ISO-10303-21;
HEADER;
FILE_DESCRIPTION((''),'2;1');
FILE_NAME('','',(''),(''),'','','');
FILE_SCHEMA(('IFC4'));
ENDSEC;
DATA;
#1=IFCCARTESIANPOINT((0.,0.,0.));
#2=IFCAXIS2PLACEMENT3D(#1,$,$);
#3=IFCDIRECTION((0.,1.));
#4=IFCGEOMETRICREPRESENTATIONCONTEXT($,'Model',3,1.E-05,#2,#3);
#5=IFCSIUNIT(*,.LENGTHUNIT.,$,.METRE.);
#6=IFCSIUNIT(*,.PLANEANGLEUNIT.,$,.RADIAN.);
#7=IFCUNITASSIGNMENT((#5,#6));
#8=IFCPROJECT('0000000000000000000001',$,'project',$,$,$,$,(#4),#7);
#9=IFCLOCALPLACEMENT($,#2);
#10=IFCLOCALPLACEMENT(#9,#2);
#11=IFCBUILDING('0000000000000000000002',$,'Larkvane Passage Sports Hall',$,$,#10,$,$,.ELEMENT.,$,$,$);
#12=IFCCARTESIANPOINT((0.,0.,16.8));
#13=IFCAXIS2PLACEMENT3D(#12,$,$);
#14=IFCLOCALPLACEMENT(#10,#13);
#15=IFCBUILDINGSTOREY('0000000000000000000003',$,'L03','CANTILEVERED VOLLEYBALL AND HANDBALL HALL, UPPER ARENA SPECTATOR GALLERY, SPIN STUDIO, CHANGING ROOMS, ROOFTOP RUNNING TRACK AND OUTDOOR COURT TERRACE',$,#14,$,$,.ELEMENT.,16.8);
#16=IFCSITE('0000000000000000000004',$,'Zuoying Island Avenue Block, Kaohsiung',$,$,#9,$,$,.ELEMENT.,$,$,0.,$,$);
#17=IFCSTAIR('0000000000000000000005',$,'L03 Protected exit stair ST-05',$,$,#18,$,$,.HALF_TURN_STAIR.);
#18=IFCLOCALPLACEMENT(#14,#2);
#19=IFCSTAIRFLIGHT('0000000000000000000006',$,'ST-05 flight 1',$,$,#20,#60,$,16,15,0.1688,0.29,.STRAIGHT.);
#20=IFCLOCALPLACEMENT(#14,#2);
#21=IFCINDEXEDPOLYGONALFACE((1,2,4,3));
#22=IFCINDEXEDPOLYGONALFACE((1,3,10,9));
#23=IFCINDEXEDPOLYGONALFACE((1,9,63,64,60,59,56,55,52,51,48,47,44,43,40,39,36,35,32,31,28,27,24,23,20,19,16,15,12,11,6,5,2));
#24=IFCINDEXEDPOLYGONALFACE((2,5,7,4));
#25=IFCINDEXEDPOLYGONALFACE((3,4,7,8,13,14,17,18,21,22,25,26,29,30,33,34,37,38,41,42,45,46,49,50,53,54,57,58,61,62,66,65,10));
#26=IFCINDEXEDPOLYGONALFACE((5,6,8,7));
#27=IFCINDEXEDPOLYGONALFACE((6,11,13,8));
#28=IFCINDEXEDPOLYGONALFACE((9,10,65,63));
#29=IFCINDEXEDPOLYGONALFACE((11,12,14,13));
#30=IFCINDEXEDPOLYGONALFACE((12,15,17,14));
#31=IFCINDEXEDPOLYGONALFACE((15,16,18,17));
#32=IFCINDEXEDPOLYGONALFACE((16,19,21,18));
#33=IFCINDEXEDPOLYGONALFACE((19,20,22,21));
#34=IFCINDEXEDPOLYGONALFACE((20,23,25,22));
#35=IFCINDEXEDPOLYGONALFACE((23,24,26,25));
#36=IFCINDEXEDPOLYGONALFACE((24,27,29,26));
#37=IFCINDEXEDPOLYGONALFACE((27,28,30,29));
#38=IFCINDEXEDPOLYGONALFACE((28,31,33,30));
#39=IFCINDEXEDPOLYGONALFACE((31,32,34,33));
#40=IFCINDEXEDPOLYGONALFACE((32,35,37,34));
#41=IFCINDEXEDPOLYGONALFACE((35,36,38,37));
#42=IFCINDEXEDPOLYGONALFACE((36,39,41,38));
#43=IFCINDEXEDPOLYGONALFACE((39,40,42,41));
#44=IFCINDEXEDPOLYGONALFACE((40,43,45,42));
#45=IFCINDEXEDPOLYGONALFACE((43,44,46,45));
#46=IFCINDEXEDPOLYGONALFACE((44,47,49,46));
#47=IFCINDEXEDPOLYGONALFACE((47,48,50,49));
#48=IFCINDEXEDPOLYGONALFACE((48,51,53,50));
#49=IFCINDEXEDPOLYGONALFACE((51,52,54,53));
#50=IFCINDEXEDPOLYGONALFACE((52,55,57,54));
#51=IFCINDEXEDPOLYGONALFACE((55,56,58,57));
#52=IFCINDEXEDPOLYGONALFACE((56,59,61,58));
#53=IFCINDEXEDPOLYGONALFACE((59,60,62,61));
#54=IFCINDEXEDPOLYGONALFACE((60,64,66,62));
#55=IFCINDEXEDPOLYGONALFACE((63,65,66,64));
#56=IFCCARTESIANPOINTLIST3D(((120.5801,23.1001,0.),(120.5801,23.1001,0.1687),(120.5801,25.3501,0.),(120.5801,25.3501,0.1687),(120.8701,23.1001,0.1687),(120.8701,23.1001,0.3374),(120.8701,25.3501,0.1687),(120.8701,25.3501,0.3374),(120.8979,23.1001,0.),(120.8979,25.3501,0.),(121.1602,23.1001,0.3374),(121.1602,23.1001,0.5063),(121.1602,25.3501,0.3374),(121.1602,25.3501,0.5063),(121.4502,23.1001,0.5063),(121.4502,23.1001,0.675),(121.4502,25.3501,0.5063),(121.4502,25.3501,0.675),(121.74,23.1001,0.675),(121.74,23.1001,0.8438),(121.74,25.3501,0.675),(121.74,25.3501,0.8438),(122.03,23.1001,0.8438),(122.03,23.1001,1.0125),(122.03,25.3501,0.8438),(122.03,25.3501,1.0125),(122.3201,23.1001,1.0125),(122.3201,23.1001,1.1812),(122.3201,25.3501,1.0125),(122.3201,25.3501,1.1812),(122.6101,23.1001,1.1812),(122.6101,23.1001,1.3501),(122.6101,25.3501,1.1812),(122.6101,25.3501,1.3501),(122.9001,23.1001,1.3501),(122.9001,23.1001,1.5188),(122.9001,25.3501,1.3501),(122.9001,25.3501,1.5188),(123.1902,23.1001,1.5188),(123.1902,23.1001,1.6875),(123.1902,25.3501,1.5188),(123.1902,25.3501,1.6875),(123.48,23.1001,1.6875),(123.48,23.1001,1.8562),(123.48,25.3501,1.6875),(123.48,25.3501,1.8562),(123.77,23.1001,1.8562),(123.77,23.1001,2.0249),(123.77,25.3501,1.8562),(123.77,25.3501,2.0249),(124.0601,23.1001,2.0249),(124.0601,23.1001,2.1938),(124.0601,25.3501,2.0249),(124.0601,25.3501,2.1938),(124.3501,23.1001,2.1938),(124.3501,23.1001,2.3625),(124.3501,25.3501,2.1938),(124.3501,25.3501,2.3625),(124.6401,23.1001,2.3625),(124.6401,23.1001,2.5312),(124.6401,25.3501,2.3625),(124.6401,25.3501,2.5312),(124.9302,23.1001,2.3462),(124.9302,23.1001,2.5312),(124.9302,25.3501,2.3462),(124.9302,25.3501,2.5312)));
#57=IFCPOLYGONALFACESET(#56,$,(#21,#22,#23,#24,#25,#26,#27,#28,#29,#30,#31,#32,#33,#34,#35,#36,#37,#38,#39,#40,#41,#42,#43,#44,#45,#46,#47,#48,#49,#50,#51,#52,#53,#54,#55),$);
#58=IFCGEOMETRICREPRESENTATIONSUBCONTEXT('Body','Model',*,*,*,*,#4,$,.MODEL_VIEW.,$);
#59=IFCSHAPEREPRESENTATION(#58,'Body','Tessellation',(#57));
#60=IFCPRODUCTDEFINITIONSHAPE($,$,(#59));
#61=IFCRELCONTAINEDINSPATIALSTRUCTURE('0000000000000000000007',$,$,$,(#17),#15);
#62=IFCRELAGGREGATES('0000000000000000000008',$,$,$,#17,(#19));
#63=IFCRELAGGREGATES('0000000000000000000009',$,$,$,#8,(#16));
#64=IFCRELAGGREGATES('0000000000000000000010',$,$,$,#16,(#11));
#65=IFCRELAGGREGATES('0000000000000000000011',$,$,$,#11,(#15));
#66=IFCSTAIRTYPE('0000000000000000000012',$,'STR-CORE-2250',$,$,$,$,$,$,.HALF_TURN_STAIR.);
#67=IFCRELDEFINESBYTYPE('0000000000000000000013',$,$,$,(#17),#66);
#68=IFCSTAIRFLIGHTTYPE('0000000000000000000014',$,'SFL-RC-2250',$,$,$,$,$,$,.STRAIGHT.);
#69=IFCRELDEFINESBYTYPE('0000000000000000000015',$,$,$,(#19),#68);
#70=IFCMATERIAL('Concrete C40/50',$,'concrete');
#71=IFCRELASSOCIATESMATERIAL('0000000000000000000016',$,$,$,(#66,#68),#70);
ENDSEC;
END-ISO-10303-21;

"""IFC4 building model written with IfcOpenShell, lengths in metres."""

from ifc_helpers import new_model, si_unit, direction, frame, origin, place, context, subcontext, project, spatial, polyline, outline, extrude, material, type_object, element, aggregate, save


model = new_model("IFC4")

# Units and contexts
model_context = context("Model", 3, precision=1e-05, world=origin(), true_north=direction((0.0, 1.0)))
body_context = subcontext(model_context, "Body", "Model", "MODEL_VIEW")
ifc_project = project(units=[si_unit("LENGTHUNIT", "METRE"), si_unit("PLANEANGLEUNIT", "RADIAN")], contexts=[model_context])

# Site, building, storey
site_placement = place(None, origin())
site = spatial("IfcSite", under=ifc_project, at=site_placement, Name="Zuoying Island Avenue Block, Kaohsiung", CompositionType="ELEMENT", RefElevation=0.0)
building_placement = place(site_placement, origin())
building = spatial("IfcBuilding", under=site, at=building_placement, Name="Larkvane Passage Sports Hall", CompositionType="ELEMENT")
storey_placement = place(building_placement, frame((0.0, 0.0, 16.8)))
storey = spatial("IfcBuildingStorey", under=building, at=storey_placement, Name="L03", Description="CANTILEVERED VOLLEYBALL AND HANDBALL HALL, UPPER ARENA SPECTATOR GALLERY, SPIN STUDIO, CHANGING ROOMS, ROOFTOP RUNNING TRACK AND OUTDOOR COURT TERRACE", CompositionType="ELEMENT", Elevation=16.8)

# Stair, stair flight
ifc_material_1 = material(Name="Concrete C40/50", Category="concrete")
stair_type = type_object("IfcStairType", Name="STR-CORE-2250", PredefinedType="HALF_TURN_STAIR", material=ifc_material_1)
stair_placement = place(storey_placement, origin())
stair = element("IfcStair", 1, at=stair_placement, inside=storey, type_object=stair_type, Name="L03 Protected exit stair ST-05", PredefinedType="HALF_TURN_STAIR")
stair_flight_type = type_object("IfcStairFlightType", Name="SFL-RC-2250", PredefinedType="STRAIGHT", material=ifc_material_1)
stair_flight_placement = place(storey_placement, frame((120.5801, 24.2251, 0.0), z_axis=(0.0, 0.0, 1.0), x_axis=(1.0, 0.0, 0.0)))
stair_flight = element("IfcStairFlight", 2, at=stair_flight_placement, type_object=stair_flight_type, Name="ST-05 flight 1", NumberOfRisers=16, NumberOfTreads=15, PredefinedType="STRAIGHT", RiserHeight=0.1688, TreadLength=0.29, context=body_context, shape_type="SweptSolid", body=[
    extrude(outline(polyline([(0.0, 0.0), (0.0, 0.1687), (0.29, 0.1687), (0.29, 0.3374), (0.5801, 0.3374), (0.5801, 0.5063), (0.8701, 0.5063), (0.8701, 0.675), (1.1599, 0.675), (1.1599, 0.8438), (1.45, 0.8438), (1.45, 1.0125), (1.74, 1.0125), (1.74, 1.1812), (2.03, 1.1812), (2.03, 1.3501), (2.3201, 1.3501), (2.3201, 1.5188), (2.6101, 1.5188), (2.6101, 1.6875), (2.8999, 1.6875), (2.8999, 1.8562), (3.1899, 1.8562), (3.1899, 2.0249), (3.48, 2.0249), (3.48, 2.1938), (3.77, 2.1938), (3.77, 2.3625), (4.0601, 2.3625), (4.0601, 2.5312), (4.3501, 2.5312), (4.3501, 2.7), (4.3501, 2.3462), (0.3179, 0.0), (0.0, 0.0)])), frame((0.0, 1.125, 0.0), z_axis=(0.0, -1.0, 0.0), x_axis=(1.0, 0.0, 0.0)), (0.0, 0.0, 1.0), 2.25),
])
aggregate(stair, [stair_flight])

save(model, "model.ifc")
